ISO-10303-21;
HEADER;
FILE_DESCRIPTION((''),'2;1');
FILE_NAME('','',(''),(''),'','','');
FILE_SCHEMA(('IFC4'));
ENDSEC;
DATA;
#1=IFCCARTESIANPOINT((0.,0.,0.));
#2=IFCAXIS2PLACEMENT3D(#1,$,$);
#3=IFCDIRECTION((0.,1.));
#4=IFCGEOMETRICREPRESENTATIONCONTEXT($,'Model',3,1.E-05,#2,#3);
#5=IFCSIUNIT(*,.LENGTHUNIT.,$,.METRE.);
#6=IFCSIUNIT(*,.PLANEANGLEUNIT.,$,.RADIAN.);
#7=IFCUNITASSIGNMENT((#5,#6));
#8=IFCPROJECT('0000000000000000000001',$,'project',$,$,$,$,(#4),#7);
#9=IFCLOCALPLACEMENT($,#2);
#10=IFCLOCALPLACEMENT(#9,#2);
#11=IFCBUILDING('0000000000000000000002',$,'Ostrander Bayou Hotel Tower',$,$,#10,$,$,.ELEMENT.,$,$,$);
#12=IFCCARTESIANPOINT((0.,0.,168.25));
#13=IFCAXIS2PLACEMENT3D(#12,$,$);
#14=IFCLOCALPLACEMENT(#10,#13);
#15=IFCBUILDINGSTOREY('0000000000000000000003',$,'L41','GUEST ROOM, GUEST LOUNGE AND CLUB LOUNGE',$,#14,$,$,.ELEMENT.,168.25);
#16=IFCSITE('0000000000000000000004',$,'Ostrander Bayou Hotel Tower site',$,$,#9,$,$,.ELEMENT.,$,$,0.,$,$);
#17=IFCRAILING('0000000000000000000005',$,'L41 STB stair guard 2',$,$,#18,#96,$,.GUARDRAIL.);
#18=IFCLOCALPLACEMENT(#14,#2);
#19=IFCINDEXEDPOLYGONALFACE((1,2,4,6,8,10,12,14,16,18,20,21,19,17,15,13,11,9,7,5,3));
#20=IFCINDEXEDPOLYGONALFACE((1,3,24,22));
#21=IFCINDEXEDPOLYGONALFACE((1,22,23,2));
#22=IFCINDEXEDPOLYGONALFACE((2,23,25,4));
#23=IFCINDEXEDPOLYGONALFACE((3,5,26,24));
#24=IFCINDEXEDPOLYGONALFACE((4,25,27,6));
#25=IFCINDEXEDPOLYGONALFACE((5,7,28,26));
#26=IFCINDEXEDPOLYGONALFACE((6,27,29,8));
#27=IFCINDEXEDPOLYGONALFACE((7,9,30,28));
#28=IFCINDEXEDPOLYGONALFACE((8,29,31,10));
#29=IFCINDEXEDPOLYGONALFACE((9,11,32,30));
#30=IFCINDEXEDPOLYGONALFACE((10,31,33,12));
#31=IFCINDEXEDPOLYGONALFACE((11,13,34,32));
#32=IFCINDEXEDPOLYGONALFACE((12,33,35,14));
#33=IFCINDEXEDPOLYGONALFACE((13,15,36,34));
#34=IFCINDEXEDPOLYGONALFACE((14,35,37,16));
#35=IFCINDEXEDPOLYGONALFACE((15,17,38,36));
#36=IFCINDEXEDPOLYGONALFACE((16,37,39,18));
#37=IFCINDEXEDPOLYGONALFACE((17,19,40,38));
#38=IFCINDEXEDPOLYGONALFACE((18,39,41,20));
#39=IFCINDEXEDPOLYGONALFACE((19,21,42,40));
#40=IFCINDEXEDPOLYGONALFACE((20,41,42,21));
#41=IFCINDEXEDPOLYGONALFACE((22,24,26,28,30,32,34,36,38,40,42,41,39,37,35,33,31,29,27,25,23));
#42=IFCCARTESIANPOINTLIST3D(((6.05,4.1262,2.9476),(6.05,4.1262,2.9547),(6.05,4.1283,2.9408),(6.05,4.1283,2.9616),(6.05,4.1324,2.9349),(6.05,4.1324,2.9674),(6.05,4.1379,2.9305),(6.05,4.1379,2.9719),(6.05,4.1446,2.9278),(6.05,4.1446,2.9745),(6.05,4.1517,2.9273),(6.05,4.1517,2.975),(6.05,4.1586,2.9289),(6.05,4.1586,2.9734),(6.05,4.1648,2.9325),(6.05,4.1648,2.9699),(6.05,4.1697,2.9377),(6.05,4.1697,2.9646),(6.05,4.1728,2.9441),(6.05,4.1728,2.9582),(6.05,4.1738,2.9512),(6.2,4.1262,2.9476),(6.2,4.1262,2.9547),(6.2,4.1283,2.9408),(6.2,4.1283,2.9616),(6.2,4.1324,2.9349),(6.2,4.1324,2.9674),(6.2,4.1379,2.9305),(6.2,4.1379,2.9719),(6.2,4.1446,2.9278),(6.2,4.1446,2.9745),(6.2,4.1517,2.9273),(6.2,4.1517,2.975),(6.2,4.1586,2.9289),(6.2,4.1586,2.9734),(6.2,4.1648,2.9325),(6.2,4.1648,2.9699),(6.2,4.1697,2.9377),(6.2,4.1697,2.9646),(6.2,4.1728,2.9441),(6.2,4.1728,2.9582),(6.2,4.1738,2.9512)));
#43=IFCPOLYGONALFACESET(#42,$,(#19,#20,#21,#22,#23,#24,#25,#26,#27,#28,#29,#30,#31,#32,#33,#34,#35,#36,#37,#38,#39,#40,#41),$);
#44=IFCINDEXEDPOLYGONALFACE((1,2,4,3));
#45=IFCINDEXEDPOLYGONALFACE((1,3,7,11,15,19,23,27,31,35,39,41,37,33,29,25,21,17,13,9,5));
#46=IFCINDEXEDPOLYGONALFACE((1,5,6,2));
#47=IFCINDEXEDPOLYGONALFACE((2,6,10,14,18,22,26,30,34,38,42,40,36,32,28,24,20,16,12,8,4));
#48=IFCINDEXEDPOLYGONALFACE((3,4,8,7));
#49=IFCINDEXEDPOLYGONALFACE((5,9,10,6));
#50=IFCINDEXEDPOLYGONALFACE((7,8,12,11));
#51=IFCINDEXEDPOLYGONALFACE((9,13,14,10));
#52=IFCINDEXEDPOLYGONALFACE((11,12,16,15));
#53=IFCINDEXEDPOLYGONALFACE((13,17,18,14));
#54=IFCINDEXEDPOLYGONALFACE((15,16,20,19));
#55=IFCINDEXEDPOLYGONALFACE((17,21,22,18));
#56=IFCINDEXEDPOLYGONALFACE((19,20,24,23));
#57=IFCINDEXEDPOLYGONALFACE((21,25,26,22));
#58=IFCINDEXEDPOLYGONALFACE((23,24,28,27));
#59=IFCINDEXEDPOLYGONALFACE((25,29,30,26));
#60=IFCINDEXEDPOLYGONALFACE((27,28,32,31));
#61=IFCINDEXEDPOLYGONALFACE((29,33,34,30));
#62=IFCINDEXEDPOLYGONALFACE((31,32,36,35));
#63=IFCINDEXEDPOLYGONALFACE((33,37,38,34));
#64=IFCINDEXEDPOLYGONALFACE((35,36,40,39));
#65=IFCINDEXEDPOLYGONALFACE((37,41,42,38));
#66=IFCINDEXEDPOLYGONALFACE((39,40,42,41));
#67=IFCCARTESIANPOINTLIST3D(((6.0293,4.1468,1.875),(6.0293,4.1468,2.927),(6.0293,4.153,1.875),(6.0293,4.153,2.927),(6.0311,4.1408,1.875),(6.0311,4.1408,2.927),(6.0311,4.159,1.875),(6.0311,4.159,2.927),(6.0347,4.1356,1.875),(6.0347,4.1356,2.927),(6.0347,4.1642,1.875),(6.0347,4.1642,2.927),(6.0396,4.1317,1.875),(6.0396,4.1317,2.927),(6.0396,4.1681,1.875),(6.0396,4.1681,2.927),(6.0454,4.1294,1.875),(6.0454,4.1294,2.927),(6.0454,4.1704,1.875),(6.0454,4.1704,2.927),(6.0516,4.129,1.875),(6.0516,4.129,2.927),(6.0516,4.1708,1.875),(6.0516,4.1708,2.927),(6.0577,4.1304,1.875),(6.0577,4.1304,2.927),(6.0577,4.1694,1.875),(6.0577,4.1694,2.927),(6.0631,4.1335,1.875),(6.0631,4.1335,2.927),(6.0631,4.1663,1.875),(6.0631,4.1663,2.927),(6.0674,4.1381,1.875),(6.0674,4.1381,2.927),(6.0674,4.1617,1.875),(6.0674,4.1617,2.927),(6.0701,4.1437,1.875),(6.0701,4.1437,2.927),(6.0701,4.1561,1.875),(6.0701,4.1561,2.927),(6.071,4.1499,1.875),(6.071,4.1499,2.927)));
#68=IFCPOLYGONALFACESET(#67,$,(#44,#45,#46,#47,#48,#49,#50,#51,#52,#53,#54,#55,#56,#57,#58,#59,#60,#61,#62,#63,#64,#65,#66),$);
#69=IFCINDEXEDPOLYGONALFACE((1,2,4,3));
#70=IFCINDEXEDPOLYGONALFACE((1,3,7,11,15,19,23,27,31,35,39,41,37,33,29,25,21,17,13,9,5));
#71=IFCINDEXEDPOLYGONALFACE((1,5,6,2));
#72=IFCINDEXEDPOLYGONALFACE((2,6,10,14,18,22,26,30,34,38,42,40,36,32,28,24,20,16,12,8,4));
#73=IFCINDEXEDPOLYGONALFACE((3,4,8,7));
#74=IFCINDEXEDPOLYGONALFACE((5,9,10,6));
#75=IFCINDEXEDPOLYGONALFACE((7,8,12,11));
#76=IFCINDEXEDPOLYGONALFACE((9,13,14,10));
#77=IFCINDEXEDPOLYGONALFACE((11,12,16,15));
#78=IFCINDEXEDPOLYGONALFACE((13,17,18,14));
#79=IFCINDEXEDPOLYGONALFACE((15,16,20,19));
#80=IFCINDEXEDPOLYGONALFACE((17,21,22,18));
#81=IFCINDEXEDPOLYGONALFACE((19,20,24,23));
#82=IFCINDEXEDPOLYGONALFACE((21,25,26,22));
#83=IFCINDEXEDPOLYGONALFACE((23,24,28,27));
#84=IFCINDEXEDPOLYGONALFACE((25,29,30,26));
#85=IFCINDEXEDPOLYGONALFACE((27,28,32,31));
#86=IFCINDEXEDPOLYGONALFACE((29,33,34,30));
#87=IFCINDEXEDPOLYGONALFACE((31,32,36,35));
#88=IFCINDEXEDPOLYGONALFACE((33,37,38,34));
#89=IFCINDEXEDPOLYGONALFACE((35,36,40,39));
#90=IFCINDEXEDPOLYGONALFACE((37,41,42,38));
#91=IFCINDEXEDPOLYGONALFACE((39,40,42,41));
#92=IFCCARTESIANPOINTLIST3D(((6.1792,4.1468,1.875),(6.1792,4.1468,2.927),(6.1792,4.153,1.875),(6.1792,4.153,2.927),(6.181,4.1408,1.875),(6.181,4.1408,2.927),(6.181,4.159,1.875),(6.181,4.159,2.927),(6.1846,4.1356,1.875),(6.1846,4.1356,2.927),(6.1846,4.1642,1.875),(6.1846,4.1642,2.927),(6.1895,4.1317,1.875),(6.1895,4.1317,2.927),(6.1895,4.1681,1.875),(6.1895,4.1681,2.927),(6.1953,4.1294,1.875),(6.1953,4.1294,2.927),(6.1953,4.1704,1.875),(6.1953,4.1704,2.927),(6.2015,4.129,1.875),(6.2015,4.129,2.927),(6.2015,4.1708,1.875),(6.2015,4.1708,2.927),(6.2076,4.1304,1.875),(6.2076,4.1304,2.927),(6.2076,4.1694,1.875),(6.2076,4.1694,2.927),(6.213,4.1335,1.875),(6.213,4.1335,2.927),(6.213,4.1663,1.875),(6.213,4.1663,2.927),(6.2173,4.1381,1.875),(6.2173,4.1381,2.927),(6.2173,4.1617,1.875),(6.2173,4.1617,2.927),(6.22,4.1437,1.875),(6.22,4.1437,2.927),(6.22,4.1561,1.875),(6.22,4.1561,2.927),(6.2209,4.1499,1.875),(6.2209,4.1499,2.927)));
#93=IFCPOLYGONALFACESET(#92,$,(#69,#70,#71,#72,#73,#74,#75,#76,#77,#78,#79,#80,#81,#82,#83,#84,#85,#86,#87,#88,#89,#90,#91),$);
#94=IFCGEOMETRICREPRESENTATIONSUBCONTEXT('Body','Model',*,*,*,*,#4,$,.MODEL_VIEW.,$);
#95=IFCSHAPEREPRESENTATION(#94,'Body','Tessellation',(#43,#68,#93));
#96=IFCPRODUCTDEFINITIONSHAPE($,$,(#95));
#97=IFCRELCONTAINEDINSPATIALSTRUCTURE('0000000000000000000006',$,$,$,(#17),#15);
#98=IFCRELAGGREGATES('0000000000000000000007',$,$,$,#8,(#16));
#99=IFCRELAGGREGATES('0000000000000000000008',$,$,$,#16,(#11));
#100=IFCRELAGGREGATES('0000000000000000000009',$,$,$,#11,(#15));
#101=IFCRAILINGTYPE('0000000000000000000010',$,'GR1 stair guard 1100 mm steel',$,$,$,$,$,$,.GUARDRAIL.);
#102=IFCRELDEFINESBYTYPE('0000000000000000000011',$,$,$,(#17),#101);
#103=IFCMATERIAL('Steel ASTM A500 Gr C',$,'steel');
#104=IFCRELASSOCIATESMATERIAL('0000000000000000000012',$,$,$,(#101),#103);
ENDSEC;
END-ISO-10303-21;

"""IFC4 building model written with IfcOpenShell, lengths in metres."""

from ifc_helpers import new_model, si_unit, direction, frame, origin, origin_2d, place, context, subcontext, project, spatial, circle, extrude, material, type_object, element, save


model = new_model("IFC4")

# Units and contexts
model_context = context("Model", 3, precision=1e-05, world=origin(), true_north=direction((0.0, 1.0)))
body_context = subcontext(model_context, "Body", "Model", "MODEL_VIEW")
ifc_project = project(units=[si_unit("LENGTHUNIT", "METRE"), si_unit("PLANEANGLEUNIT", "RADIAN")], contexts=[model_context])

# Site, building, storey
site_placement = place(None, origin())
site = spatial("IfcSite", under=ifc_project, at=site_placement, Name="Ostrander Bayou Hotel Tower site", CompositionType="ELEMENT", RefElevation=0.0)
building_placement = place(site_placement, origin())
building = spatial("IfcBuilding", under=site, at=building_placement, Name="Ostrander Bayou Hotel Tower", CompositionType="ELEMENT")
storey_placement = place(building_placement, frame((0.0, 0.0, 168.25)))
storey = spatial("IfcBuildingStorey", under=building, at=storey_placement, Name="L41", Description="GUEST ROOM, GUEST LOUNGE AND CLUB LOUNGE", CompositionType="ELEMENT", Elevation=168.25)

# Railing
ifc_material_1 = material(Name="Steel ASTM A500 Gr C", Category="steel")
railing_type_1 = type_object("IfcRailingType", Name="GR1 stair guard 1100 mm steel", PredefinedType="GUARDRAIL", material=ifc_material_1)
railing_1_placement = place(storey_placement, frame((6.05, 4.1499, 1.875)))
element("IfcRailing", 1, at=railing_1_placement, inside=storey, type_object=railing_type_1, Name="L41 STB stair guard 2", PredefinedType="GUARDRAIL", context=body_context, shape_type="SweptSolid", body=[
    extrude(circle(Radius=0.0239, at=origin_2d()), frame((0.0, 0.0, 1.0762), z_axis=(1.0, 0.0, 0.0), x_axis=(0.0, 1.0, 0.0)), (0.0, 0.0, 1.0), 0.1499),
    extrude(circle(Radius=0.021, at=origin_2d()), origin(), (0.0, 0.0, 1.0), 1.052),
    extrude(circle(Radius=0.021, at=origin_2d()), frame((0.1499, 0.0, 0.0)), (0.0, 0.0, 1.0), 1.052),
])

save(model, "model.ifc")
